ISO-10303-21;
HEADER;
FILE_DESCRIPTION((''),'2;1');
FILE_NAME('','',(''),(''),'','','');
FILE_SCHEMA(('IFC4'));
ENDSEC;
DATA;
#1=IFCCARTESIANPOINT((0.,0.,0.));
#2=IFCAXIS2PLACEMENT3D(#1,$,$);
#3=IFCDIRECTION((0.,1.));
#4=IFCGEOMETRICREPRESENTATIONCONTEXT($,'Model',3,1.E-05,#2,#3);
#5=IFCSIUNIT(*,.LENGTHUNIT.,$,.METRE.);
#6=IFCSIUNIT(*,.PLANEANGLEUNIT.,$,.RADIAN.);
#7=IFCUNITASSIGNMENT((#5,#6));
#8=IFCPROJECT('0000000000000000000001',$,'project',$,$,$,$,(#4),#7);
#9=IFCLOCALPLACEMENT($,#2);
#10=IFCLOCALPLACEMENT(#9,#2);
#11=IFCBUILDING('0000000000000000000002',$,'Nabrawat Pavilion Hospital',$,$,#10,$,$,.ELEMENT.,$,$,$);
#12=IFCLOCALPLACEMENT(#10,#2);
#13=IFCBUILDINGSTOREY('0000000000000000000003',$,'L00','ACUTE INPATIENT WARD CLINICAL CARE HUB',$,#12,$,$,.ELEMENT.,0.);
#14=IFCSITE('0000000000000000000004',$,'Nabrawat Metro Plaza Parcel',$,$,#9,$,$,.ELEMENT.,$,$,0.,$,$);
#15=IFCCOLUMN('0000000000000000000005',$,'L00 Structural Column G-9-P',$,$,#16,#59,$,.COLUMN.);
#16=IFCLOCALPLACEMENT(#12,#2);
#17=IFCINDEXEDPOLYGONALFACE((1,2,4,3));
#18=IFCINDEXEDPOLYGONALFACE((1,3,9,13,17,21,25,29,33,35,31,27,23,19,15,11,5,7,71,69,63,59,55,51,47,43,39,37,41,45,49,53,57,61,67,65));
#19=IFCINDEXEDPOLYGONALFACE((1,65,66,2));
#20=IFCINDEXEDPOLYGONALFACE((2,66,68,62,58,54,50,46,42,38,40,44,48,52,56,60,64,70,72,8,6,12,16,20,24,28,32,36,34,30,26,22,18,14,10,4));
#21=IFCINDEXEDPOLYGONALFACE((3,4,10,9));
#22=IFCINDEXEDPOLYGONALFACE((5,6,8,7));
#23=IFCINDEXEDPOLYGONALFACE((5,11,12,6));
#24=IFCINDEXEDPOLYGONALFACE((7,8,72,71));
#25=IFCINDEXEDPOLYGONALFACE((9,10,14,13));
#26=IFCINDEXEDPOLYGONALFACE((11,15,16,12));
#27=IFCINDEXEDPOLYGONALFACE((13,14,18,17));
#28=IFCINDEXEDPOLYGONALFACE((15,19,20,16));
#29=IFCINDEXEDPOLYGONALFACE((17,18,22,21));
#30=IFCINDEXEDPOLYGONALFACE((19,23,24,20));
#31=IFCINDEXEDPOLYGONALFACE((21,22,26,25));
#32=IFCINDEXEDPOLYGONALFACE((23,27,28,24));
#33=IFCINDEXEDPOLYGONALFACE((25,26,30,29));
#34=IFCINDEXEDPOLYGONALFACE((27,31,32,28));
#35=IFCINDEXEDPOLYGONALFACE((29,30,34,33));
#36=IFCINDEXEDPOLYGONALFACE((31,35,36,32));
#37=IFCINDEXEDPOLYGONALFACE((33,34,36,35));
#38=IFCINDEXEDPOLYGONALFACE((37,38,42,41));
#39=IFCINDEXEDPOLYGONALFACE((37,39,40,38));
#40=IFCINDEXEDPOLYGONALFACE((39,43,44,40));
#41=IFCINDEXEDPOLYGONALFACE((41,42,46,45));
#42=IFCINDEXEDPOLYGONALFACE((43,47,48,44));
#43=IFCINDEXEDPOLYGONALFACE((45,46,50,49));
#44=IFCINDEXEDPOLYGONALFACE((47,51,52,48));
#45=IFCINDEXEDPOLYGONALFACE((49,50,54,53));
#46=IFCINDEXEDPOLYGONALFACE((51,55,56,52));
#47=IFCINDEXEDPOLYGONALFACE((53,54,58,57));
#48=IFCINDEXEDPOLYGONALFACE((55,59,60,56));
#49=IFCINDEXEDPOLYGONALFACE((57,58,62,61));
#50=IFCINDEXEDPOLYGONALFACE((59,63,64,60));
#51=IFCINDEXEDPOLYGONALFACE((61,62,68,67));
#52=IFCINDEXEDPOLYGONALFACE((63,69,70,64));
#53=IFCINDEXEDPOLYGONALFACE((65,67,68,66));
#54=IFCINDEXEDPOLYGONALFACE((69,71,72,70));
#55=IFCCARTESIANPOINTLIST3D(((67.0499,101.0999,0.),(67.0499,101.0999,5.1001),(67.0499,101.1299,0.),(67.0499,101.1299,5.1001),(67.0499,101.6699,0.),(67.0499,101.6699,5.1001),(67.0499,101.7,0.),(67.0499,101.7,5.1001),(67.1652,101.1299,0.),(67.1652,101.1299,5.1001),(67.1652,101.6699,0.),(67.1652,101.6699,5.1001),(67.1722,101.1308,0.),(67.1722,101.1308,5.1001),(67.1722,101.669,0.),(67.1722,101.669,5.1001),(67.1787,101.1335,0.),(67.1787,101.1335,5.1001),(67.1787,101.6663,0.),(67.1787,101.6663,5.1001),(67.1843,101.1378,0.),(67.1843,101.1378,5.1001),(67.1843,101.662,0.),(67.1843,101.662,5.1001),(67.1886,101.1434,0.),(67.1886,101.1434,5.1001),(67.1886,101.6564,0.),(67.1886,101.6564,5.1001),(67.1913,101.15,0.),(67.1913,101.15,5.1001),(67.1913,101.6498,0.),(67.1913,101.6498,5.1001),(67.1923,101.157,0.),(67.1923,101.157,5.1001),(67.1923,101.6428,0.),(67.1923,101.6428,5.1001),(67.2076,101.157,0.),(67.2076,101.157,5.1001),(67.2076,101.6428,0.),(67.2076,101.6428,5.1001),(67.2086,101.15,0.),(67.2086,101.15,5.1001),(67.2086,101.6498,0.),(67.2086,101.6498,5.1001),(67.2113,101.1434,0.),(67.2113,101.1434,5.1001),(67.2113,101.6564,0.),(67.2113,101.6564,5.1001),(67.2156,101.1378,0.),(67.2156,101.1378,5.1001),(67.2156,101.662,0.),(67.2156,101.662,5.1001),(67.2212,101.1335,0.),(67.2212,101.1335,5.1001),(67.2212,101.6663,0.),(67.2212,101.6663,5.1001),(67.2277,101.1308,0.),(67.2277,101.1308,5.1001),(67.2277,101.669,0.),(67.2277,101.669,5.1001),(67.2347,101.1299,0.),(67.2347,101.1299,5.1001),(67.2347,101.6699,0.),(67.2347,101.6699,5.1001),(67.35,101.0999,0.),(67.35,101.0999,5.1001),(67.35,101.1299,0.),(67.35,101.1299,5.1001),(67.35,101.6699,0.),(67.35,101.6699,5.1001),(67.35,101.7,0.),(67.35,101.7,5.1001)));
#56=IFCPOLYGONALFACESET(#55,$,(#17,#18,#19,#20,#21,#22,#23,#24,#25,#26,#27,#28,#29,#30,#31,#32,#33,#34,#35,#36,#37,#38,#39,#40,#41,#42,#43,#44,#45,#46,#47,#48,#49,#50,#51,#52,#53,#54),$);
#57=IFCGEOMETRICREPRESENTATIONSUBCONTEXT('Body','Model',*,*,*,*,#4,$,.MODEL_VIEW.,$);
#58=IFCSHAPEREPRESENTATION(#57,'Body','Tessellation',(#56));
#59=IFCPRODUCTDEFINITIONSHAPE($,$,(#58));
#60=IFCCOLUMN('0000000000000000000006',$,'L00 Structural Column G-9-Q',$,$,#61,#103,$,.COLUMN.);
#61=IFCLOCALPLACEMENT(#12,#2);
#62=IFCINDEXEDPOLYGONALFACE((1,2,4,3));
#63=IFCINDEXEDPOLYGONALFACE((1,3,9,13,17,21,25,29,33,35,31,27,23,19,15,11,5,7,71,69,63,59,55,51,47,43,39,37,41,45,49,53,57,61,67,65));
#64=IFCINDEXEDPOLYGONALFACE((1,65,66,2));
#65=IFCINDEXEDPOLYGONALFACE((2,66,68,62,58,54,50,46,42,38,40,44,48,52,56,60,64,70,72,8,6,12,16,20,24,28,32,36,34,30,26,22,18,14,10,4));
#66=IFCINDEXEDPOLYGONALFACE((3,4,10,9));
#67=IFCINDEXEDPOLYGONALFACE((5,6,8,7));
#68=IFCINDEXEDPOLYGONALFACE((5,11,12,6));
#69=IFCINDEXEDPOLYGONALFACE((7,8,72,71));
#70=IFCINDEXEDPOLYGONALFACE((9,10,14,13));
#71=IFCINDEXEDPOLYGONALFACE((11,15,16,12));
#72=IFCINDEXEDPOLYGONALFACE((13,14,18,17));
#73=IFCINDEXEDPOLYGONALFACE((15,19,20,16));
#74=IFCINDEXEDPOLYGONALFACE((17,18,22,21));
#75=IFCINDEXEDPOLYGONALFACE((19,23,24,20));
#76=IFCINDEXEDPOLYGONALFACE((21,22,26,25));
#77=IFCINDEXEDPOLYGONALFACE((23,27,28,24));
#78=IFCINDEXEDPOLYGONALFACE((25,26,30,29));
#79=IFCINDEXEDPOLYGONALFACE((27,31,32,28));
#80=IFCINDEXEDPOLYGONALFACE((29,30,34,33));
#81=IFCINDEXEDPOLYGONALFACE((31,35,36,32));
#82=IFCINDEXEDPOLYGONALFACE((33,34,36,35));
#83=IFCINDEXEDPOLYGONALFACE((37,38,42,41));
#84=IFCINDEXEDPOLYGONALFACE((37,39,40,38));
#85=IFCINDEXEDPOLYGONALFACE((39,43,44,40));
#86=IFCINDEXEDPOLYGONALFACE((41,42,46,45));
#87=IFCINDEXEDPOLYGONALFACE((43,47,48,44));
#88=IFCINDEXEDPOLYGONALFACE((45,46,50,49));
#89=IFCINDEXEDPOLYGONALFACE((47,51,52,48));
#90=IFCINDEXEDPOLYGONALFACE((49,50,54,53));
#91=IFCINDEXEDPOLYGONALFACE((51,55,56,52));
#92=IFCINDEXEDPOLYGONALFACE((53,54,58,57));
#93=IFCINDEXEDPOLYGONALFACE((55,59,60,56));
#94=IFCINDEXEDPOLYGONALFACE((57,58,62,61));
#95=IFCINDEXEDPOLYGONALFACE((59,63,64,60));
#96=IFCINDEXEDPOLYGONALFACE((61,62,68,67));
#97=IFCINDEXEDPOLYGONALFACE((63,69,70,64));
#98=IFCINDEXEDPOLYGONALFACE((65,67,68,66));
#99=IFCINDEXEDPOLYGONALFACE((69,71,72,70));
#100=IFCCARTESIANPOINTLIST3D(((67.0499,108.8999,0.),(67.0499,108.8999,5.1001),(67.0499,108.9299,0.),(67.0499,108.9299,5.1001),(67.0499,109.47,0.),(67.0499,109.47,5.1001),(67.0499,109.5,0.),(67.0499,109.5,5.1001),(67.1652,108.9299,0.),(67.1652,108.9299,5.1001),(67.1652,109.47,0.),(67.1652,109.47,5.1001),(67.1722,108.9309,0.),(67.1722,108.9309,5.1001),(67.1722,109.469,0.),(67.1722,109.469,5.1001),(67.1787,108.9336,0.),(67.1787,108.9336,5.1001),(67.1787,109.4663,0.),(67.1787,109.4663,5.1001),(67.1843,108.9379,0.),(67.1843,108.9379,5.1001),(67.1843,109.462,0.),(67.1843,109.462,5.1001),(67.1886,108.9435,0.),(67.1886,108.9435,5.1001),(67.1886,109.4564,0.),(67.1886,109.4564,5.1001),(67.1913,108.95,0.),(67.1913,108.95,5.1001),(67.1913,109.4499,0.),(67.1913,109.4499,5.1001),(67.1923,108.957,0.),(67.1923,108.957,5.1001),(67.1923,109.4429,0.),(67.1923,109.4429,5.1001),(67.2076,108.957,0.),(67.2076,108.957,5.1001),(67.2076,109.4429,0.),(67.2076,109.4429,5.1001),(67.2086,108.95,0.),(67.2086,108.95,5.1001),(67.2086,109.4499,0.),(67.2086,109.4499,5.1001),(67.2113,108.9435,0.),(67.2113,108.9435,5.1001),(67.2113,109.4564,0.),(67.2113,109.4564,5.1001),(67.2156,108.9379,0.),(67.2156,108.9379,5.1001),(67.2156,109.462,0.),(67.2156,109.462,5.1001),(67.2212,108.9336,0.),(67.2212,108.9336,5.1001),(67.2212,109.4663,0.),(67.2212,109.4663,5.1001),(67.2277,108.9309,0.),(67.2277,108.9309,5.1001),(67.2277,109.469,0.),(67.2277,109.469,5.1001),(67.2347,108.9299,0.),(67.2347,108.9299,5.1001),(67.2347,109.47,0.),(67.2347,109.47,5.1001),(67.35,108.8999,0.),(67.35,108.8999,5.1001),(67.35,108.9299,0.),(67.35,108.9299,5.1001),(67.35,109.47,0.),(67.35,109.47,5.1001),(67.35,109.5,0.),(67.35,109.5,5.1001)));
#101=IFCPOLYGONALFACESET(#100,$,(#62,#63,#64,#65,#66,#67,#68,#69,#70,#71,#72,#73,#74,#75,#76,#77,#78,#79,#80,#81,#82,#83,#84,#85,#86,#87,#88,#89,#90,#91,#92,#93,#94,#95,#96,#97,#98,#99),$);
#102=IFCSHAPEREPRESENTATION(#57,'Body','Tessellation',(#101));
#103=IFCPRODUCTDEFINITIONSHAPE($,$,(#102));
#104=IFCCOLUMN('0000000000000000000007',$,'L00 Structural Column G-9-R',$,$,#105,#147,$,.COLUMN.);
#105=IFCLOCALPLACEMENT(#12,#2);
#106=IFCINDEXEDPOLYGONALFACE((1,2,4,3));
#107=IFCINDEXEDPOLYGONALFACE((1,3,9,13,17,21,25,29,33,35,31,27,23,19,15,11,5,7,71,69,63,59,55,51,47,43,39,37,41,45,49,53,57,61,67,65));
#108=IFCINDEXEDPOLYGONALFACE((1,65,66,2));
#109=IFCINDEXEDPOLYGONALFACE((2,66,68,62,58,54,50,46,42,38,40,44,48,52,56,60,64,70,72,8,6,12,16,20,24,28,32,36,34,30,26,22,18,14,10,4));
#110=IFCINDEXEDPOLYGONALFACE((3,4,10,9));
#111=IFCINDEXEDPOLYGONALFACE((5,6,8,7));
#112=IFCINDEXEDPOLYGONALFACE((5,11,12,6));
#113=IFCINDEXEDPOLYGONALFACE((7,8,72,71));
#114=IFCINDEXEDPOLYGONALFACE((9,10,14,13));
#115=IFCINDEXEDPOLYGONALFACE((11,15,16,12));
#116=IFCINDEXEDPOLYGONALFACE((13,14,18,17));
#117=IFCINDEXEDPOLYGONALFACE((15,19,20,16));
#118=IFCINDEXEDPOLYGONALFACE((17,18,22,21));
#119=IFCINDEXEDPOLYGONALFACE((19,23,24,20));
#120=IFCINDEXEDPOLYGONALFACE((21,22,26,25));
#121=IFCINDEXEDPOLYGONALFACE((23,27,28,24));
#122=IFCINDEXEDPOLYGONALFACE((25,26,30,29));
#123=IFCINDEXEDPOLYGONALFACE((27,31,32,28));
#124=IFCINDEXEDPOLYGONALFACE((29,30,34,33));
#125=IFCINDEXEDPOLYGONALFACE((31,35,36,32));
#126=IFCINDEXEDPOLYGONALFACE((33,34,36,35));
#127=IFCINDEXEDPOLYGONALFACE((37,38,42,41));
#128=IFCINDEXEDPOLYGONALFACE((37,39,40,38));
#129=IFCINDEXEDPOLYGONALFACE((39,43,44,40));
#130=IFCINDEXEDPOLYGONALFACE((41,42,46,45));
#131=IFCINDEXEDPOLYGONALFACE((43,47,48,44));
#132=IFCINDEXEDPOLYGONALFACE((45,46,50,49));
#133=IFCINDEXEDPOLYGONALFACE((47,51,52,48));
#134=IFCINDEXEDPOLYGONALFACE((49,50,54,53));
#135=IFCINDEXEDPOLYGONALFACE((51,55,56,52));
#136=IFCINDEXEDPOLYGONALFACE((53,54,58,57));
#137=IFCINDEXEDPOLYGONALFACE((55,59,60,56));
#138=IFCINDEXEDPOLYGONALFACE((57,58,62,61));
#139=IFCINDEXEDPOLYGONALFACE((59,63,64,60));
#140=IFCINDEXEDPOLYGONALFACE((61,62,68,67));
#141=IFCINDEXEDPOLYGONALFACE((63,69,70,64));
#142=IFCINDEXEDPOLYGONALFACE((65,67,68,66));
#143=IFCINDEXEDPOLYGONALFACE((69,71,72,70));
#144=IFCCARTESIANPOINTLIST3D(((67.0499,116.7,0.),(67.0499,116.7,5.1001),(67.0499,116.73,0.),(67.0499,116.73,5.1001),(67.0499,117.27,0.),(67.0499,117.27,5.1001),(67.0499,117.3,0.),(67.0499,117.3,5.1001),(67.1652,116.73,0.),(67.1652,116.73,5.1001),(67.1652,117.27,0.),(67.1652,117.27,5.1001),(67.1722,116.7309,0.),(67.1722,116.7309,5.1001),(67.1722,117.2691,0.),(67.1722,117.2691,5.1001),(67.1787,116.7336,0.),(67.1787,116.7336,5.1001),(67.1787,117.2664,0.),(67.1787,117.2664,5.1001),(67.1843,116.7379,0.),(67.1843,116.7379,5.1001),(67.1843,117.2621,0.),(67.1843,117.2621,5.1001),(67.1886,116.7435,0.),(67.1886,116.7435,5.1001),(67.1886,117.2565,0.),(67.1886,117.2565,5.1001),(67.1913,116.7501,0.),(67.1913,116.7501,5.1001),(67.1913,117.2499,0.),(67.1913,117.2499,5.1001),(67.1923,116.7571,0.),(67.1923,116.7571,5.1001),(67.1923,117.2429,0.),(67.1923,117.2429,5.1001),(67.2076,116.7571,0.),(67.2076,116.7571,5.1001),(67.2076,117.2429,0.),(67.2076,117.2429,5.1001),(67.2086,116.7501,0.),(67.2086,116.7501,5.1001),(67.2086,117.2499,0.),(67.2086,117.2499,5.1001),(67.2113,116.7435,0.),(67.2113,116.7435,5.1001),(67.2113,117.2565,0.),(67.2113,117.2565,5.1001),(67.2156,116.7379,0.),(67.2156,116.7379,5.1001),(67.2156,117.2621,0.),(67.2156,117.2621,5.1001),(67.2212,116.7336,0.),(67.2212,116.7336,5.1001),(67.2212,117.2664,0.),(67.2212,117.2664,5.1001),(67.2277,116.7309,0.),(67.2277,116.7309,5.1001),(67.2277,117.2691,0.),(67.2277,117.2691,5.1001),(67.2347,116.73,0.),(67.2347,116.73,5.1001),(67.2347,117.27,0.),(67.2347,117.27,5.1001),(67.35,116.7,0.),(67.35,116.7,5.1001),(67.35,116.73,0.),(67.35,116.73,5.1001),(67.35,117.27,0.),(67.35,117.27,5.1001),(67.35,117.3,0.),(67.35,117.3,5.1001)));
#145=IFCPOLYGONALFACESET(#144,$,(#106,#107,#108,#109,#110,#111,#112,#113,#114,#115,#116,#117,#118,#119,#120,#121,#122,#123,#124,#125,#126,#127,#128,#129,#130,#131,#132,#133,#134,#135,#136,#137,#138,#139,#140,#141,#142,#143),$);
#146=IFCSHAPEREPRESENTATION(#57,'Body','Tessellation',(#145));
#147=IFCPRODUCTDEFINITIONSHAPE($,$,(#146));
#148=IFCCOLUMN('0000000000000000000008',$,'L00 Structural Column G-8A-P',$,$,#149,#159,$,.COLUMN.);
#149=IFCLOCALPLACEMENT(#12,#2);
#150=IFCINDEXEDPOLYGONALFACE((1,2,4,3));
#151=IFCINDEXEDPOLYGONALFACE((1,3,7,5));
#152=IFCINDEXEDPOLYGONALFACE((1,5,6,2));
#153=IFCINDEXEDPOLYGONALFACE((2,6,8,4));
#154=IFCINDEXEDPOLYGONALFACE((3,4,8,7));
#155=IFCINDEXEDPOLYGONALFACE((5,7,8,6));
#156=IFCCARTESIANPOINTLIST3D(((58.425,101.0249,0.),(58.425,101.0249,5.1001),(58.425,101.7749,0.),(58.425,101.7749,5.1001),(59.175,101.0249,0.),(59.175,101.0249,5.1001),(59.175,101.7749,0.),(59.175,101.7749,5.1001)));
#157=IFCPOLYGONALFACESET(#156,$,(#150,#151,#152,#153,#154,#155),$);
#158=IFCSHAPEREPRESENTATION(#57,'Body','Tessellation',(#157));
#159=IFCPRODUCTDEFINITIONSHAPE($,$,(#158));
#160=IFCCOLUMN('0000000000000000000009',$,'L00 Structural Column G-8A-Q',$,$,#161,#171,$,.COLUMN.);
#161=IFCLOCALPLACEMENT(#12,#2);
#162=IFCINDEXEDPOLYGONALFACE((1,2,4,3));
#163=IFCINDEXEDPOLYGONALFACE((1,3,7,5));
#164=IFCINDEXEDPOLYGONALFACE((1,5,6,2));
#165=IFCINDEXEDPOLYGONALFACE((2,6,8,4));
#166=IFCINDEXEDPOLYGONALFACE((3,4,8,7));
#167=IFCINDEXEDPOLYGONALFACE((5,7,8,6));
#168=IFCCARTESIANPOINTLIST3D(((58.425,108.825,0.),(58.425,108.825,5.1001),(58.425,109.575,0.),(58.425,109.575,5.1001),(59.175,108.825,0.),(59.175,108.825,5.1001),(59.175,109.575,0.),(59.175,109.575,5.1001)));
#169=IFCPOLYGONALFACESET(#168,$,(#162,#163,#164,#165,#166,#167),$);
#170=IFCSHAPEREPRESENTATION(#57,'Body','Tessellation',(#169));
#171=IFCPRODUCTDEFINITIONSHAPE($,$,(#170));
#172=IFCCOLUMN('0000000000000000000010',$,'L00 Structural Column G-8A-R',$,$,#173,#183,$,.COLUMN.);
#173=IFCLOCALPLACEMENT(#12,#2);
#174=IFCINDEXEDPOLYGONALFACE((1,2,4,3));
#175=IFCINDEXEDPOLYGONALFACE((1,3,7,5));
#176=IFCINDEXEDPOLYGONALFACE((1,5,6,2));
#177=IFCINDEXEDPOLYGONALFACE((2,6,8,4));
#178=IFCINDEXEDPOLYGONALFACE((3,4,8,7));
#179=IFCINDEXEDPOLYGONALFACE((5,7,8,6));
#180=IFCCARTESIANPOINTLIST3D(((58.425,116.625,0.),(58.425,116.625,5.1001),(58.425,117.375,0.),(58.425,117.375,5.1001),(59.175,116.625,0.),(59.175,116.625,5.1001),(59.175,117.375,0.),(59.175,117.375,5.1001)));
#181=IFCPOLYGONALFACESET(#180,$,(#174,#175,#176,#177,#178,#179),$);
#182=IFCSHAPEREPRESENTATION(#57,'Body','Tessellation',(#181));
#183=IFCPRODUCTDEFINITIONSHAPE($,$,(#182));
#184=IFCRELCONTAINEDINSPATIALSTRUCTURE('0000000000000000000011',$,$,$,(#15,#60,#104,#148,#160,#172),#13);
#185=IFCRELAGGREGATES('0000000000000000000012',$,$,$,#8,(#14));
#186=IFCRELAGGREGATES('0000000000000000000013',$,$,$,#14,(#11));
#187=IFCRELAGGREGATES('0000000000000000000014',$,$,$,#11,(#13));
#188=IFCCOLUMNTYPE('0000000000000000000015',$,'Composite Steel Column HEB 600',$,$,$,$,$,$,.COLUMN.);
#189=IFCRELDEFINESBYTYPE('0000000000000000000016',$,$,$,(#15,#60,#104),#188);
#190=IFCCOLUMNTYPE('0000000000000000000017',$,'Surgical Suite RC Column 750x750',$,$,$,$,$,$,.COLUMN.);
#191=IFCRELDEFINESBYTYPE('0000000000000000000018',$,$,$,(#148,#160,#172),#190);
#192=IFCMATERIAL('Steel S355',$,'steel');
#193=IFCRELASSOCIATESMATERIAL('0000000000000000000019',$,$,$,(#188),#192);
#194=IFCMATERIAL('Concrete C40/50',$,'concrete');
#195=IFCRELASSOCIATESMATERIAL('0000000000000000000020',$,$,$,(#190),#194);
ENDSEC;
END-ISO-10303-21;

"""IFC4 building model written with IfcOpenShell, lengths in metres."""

from ifc_helpers import new_model, si_unit, direction, frame, origin, origin_2d, place, context, subcontext, project, spatial, rectangle, i_section, extrude, material, material_profile, profile_set, type_object, element, save


model = new_model("IFC4")

# Units and contexts
model_context = context("Model", 3, precision=1e-05, world=origin(), true_north=direction((0.0, 1.0)))
body_context = subcontext(model_context, "Body", "Model", "MODEL_VIEW")
ifc_project = project(units=[si_unit("LENGTHUNIT", "METRE"), si_unit("PLANEANGLEUNIT", "RADIAN")], contexts=[model_context])

# Site, building, storey
site_placement = place(None, origin())
site = spatial("IfcSite", under=ifc_project, at=site_placement, Name="Nabrawat Metro Plaza Parcel", CompositionType="ELEMENT", RefElevation=0.0)
building_placement = place(site_placement, origin())
building = spatial("IfcBuilding", under=site, at=building_placement, Name="Nabrawat Pavilion Hospital", CompositionType="ELEMENT")
storey_placement = place(building_placement, origin())
storey = spatial("IfcBuildingStorey", under=building, at=storey_placement, Name="L00", Description="ACUTE INPATIENT WARD CLINICAL CARE HUB", CompositionType="ELEMENT", Elevation=0.0)

# Columns
ifc_material_1 = material(Name="Steel S355", Category="steel")
ifc_material_profile_1 = material_profile(ifc_material_1, i_section(OverallWidth=0.3, OverallDepth=0.6001, WebThickness=0.0154, FlangeThickness=0.03, FilletRadius=0.0271, at=origin_2d()), Name="HEB 600")
ifc_profile_set_1 = profile_set([ifc_material_profile_1], Name="Steel S355")
column_type_1 = type_object("IfcColumnType", Name="Composite Steel Column HEB 600", PredefinedType="COLUMN", material=ifc_profile_set_1)
for number, where, z_axis, x_axis, name in (
    (1, (67.2, 101.3999, 0.0), (0.0, 0.0, 1.0), (1.0, 0.0, 0.0), "L00 Structural Column G-9-P"),
    (2, (67.2, 109.2, 0.0), (0.0, 0.0, 1.0), (1.0, 0.0, 0.0), "L00 Structural Column G-9-Q"),
    (3, (67.2, 117.0, 0.0), (0.0, 0.0, 1.0), (1.0, 0.0, 0.0), "L00 Structural Column G-9-R"),
):
    element("IfcColumn", number, at=place(storey_placement, frame(where, z_axis=z_axis, x_axis=x_axis)), inside=storey, type_object=column_type_1, Name=name, PredefinedType="COLUMN", context=body_context, shape_type="SweptSolid", body=[
        extrude(i_section(OverallWidth=0.3, OverallDepth=0.6001, WebThickness=0.0154, FlangeThickness=0.03, FilletRadius=0.0271, at=origin_2d()), origin(), (0.0, 0.0, 1.0), 5.1001),
    ])
ifc_material_2 = material(Name="Concrete C40/50", Category="concrete")
ifc_material_profile_2 = material_profile(ifc_material_2, rectangle(XDim=0.75, YDim=0.75, at=origin_2d()), Name="RC 750x750")
ifc_profile_set_2 = profile_set([ifc_material_profile_2], Name="Concrete C40/50")
column_type_2 = type_object("IfcColumnType", Name="Surgical Suite RC Column 750x750", PredefinedType="COLUMN", material=ifc_profile_set_2)
for number, where, z_axis, x_axis, name in (
    (4, (58.8, 101.3999, 0.0), (0.0, 0.0, 1.0), (1.0, 0.0, 0.0), "L00 Structural Column G-8A-P"),
    (5, (58.8, 109.2, 0.0), (0.0, 0.0, 1.0), (1.0, 0.0, 0.0), "L00 Structural Column G-8A-Q"),
    (6, (58.8, 117.0, 0.0), (0.0, 0.0, 1.0), (1.0, 0.0, 0.0), "L00 Structural Column G-8A-R"),
):
    element("IfcColumn", number, at=place(storey_placement, frame(where, z_axis=z_axis, x_axis=x_axis)), inside=storey, type_object=column_type_2, Name=name, PredefinedType="COLUMN", context=body_context, shape_type="SweptSolid", body=[
        extrude(rectangle(XDim=0.75, YDim=0.75, at=origin_2d()), origin(), (0.0, 0.0, 1.0), 5.1001),
    ])

save(model, "model.ifc")
